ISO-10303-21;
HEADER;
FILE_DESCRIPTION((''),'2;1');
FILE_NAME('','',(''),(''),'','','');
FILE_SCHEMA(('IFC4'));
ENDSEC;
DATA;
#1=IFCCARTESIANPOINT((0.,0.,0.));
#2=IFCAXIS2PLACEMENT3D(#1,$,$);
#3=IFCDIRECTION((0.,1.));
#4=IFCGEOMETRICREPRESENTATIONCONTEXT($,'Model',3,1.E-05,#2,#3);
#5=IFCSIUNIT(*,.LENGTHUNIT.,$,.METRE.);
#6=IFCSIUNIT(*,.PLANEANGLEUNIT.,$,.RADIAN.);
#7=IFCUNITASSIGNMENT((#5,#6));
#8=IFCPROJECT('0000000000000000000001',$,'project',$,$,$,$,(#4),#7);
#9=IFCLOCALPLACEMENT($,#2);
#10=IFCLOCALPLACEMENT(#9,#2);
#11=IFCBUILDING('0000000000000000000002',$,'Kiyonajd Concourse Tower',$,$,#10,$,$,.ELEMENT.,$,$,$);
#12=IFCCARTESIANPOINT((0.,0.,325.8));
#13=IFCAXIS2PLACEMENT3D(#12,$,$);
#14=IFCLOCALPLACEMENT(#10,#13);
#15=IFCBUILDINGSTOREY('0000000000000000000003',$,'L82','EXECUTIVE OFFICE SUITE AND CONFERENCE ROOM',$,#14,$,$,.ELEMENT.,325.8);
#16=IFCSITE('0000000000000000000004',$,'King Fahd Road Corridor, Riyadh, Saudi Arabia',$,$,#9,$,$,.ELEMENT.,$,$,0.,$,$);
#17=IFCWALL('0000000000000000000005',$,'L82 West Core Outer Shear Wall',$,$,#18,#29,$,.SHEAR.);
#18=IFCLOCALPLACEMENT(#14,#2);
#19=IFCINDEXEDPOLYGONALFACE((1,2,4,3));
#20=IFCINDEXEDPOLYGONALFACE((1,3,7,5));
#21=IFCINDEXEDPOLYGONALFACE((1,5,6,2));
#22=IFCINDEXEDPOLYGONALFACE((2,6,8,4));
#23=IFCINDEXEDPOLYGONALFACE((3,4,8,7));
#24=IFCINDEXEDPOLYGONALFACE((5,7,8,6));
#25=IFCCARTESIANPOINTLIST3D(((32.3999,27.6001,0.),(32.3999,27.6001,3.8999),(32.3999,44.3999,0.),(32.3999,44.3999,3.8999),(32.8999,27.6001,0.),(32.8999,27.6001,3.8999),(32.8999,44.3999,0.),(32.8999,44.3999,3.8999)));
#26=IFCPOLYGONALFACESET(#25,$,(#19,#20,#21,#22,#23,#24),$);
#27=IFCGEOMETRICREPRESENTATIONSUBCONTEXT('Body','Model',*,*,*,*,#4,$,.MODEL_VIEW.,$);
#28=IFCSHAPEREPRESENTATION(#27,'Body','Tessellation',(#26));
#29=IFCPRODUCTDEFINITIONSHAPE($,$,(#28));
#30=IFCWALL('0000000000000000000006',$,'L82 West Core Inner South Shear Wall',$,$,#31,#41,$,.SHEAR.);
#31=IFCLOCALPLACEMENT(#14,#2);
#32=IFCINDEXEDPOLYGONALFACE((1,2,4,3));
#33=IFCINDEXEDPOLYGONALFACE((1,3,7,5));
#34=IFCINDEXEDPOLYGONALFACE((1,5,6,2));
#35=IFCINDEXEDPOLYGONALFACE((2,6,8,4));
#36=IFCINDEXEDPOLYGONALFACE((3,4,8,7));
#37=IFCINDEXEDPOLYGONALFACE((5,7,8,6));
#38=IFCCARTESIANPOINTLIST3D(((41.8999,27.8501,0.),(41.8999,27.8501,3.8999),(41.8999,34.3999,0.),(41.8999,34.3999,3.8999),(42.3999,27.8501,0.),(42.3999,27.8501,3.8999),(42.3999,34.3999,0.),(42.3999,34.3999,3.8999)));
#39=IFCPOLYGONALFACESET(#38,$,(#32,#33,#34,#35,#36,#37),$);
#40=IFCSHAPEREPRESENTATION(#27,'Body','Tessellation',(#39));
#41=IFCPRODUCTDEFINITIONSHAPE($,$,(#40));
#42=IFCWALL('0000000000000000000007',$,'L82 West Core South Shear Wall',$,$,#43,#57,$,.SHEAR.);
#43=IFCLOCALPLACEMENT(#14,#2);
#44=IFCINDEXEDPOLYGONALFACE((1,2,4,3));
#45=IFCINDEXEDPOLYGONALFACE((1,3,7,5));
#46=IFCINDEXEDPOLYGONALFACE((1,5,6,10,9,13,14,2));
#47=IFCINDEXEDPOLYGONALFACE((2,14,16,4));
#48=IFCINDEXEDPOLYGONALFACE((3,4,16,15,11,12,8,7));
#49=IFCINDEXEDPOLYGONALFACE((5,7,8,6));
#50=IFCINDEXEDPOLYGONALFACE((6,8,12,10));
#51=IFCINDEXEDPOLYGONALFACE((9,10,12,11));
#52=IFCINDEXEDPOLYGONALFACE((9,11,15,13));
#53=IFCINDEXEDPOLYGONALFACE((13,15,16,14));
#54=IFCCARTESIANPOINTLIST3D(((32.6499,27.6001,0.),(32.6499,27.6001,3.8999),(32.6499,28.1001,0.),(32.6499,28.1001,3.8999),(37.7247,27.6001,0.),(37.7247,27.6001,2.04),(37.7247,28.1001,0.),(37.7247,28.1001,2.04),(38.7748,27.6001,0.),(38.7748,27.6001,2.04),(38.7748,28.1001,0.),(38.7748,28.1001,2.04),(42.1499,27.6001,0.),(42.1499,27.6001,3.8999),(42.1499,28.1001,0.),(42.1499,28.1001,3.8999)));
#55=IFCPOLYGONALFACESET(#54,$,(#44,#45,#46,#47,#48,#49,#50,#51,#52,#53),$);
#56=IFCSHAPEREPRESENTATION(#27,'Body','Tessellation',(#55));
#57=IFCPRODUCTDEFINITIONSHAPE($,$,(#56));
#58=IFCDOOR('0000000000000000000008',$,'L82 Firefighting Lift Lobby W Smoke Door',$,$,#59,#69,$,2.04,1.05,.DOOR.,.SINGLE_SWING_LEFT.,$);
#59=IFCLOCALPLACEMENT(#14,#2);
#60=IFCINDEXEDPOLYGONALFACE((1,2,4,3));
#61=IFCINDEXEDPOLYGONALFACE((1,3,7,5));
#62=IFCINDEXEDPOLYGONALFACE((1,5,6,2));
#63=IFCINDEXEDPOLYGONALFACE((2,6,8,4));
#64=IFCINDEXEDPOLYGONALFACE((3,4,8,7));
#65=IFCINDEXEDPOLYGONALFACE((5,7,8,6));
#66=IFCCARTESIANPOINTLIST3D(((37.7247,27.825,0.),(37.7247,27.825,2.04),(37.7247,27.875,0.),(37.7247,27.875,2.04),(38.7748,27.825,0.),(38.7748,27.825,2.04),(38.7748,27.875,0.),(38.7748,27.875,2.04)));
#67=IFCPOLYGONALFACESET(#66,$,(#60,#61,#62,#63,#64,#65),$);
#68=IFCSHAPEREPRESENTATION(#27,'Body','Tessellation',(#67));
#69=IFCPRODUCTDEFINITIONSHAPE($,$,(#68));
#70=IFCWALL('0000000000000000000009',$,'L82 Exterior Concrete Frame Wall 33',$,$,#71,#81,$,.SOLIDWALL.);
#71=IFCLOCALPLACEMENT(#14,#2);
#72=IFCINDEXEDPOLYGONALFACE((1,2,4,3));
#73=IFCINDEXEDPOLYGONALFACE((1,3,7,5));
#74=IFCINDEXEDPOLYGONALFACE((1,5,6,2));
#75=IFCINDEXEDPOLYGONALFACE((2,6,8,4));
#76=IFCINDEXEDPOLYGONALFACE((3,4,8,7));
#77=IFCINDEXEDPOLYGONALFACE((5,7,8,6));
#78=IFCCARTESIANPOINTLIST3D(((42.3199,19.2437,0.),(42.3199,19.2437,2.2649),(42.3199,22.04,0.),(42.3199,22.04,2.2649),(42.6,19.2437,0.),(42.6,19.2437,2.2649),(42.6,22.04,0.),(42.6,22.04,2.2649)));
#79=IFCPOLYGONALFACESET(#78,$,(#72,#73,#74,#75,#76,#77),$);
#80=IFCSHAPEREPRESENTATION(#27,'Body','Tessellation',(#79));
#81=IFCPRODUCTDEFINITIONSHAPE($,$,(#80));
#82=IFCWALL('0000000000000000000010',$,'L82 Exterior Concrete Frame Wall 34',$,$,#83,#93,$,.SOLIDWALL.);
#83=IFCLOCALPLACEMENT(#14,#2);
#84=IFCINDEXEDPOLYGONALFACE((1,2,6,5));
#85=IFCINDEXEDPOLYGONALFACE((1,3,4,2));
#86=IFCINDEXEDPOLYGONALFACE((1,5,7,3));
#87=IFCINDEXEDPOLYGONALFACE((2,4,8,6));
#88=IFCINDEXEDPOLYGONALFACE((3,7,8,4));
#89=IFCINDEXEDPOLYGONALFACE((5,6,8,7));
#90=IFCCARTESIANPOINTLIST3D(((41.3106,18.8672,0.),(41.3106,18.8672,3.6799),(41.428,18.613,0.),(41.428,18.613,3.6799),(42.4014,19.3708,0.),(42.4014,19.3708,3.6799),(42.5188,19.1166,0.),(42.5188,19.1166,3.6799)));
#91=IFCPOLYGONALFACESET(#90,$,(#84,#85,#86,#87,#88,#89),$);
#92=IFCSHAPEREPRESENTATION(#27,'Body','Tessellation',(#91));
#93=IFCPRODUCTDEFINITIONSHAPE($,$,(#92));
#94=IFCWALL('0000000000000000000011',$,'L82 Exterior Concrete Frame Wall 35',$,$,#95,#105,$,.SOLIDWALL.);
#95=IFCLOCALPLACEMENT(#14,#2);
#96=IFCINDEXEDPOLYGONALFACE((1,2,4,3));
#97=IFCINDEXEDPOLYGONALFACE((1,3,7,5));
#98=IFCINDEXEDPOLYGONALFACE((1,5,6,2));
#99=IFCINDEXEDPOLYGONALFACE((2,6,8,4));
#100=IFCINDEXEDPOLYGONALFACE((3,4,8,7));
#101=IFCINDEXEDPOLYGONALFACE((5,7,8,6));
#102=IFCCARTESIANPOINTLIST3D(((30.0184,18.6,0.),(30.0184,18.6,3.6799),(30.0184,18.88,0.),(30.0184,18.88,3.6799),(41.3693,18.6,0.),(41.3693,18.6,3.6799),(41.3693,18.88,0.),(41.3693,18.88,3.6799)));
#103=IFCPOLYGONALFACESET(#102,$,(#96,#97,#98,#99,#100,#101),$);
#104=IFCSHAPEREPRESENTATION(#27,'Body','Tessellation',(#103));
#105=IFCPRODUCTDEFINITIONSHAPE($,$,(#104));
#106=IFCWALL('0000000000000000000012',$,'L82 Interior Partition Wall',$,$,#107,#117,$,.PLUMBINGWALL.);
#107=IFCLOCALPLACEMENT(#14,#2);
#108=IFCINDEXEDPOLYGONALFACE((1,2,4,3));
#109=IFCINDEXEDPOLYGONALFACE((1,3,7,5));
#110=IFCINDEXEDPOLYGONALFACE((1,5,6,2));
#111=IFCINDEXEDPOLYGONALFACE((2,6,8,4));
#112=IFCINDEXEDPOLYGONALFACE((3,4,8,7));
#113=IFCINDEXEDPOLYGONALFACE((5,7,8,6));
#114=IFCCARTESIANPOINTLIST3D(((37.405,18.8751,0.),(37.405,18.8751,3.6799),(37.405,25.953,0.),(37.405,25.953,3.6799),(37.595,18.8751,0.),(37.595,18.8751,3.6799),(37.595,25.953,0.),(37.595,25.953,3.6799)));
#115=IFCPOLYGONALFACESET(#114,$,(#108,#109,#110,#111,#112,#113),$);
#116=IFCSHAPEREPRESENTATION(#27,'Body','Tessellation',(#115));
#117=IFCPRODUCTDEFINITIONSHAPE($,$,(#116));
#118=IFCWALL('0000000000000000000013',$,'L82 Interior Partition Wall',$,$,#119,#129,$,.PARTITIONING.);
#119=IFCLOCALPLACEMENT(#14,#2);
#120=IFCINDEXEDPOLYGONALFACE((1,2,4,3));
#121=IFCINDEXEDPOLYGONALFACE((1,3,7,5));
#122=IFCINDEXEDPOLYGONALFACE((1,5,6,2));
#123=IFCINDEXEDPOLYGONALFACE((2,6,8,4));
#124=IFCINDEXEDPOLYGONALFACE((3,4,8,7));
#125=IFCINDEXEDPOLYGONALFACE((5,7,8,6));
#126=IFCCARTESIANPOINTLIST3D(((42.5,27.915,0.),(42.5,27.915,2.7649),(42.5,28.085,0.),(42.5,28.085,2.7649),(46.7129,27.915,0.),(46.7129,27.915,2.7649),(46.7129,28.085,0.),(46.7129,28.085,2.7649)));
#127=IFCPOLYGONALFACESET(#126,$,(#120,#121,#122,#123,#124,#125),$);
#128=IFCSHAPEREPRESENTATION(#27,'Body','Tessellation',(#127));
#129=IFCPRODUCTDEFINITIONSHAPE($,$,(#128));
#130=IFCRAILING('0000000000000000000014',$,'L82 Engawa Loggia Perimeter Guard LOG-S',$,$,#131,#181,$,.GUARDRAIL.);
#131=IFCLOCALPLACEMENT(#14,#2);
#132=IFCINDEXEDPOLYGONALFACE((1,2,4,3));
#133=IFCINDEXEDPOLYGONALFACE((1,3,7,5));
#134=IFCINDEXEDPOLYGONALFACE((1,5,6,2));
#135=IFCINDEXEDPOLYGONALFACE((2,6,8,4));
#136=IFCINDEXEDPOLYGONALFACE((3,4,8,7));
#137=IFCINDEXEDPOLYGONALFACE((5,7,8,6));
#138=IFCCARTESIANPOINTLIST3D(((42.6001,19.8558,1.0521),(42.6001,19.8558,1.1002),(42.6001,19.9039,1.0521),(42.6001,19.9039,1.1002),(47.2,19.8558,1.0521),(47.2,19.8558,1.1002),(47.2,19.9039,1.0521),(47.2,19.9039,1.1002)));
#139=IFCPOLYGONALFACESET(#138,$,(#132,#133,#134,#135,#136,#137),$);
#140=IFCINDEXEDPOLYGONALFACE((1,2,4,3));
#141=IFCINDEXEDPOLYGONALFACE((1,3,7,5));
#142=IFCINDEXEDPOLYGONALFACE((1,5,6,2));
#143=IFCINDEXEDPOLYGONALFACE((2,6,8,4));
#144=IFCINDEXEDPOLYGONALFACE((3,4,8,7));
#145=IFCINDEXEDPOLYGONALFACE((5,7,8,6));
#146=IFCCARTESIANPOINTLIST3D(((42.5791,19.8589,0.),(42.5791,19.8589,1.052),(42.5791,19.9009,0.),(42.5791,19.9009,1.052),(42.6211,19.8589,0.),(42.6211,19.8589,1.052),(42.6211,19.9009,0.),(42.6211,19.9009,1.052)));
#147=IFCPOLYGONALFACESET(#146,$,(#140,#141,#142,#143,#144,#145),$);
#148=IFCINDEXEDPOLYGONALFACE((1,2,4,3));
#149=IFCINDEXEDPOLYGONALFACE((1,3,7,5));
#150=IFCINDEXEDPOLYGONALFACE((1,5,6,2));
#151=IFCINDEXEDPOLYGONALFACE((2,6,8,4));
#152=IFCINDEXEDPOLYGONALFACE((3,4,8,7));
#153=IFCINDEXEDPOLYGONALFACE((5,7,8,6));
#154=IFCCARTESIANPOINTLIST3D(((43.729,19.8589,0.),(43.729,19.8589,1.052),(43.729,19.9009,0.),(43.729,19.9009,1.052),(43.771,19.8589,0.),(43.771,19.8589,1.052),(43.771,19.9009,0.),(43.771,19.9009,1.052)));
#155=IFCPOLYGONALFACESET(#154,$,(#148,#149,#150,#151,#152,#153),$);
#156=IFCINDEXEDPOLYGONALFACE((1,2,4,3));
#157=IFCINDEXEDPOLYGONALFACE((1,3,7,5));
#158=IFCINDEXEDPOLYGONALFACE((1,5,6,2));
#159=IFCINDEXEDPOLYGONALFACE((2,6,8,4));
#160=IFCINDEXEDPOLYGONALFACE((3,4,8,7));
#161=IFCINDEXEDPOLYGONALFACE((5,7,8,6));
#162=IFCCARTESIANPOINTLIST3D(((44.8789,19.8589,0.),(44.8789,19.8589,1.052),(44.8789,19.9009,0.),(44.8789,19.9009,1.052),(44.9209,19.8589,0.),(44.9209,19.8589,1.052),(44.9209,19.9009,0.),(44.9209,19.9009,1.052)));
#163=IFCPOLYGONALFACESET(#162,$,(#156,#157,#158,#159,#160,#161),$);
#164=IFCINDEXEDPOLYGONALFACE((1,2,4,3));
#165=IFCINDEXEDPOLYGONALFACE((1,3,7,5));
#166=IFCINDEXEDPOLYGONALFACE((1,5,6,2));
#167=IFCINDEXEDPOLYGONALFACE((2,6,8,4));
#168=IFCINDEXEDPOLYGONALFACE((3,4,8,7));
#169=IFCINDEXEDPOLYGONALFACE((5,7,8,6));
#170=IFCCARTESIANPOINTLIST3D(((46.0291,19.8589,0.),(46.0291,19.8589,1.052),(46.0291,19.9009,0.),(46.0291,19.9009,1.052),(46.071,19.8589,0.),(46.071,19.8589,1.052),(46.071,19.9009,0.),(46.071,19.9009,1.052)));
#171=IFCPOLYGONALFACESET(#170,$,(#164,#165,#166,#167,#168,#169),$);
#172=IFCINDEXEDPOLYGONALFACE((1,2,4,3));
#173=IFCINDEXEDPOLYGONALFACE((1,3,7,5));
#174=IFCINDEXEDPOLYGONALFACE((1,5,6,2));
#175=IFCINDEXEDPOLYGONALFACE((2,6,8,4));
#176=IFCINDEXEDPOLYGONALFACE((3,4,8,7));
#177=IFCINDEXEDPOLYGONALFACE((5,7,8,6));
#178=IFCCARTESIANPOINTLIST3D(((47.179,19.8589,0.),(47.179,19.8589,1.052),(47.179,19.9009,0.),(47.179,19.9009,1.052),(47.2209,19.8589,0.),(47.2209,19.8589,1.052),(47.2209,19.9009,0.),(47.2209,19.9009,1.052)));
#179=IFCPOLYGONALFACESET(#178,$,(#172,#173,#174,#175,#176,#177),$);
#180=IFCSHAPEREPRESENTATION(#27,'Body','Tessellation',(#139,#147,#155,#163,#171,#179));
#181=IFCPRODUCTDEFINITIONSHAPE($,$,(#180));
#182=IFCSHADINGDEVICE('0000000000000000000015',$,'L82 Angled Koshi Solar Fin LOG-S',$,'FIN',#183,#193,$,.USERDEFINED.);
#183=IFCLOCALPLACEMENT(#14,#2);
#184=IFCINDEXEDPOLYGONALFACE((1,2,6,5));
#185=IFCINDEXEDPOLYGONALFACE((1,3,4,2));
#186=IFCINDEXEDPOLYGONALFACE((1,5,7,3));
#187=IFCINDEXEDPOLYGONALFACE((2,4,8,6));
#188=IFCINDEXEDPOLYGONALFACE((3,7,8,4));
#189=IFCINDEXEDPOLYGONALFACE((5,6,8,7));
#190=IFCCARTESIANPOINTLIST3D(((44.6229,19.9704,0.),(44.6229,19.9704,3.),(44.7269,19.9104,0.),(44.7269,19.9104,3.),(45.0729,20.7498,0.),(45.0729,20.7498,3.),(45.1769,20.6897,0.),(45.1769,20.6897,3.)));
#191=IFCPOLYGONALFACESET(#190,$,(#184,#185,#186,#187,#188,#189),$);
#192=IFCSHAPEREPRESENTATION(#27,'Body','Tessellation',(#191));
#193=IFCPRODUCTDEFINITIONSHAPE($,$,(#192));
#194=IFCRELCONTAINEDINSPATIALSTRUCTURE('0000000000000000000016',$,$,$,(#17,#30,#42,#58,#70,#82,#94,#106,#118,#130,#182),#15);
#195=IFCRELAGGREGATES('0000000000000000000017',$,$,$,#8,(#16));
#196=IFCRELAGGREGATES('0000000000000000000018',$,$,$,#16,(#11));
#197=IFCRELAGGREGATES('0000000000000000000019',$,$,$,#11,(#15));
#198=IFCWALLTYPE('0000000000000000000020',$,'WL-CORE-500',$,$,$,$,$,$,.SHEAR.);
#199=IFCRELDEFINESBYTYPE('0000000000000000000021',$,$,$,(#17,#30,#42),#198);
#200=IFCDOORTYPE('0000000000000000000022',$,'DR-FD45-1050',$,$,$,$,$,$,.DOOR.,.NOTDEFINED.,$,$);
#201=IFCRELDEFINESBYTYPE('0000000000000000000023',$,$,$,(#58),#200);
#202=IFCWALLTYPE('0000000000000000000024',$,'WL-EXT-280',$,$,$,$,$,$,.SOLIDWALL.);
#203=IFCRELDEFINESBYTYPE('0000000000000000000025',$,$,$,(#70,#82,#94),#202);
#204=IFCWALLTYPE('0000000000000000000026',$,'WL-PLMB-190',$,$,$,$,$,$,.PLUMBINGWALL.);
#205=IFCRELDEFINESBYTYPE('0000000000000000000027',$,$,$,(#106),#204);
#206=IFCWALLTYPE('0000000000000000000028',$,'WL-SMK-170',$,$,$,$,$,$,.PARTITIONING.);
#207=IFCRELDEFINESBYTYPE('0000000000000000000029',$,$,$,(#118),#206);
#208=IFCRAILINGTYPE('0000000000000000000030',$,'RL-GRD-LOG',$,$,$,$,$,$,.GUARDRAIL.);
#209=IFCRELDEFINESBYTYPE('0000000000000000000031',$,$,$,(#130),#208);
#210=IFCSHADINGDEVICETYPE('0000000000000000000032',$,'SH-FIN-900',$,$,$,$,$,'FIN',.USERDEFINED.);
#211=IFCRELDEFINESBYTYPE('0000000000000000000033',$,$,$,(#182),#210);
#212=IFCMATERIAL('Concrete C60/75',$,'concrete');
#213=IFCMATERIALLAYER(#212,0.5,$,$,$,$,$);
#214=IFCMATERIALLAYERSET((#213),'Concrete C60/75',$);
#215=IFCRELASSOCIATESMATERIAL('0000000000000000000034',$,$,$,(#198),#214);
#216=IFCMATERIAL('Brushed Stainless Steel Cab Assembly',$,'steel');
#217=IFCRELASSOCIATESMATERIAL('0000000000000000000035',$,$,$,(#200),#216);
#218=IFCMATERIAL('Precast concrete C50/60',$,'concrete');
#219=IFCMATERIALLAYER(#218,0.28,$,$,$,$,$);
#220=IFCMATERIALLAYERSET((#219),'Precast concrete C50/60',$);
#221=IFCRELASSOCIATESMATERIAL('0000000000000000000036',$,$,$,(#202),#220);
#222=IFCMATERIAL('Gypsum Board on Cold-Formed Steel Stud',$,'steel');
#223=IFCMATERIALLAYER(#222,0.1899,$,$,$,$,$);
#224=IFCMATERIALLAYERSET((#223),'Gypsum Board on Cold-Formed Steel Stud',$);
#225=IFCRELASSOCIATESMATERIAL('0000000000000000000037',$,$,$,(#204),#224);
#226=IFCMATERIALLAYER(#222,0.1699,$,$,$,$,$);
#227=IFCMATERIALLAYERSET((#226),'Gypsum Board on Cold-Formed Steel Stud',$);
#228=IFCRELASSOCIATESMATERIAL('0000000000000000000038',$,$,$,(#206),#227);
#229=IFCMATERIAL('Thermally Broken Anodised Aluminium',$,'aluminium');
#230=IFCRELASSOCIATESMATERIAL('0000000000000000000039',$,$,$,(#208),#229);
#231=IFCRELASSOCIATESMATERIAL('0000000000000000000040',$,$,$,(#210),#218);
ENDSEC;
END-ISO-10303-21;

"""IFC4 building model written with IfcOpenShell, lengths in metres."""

from ifc_helpers import new_model, si_unit, direction, frame, frame_2d, origin, origin_2d, place, context, subcontext, project, spatial, rectangle, extrude, material, layer, layer_set, type_object, element, fill, save


model = new_model("IFC4")

# Units and contexts
model_context = context("Model", 3, precision=1e-05, world=origin(), true_north=direction((0.0, 1.0)))
body_context = subcontext(model_context, "Body", "Model", "MODEL_VIEW")
ifc_project = project(units=[si_unit("LENGTHUNIT", "METRE"), si_unit("PLANEANGLEUNIT", "RADIAN")], contexts=[model_context])

# Site, building, storey
site_placement = place(None, origin())
site = spatial("IfcSite", under=ifc_project, at=site_placement, Name="King Fahd Road Corridor, Riyadh, Saudi Arabia", CompositionType="ELEMENT", RefElevation=0.0)
building_placement = place(site_placement, origin())
building = spatial("IfcBuilding", under=site, at=building_placement, Name="Kiyonajd Concourse Tower", CompositionType="ELEMENT")
storey_placement = place(building_placement, frame((0.0, 0.0, 325.8)))
storey = spatial("IfcBuildingStorey", under=building, at=storey_placement, Name="L82", Description="EXECUTIVE OFFICE SUITE AND CONFERENCE ROOM", CompositionType="ELEMENT", Elevation=325.8)

# Shared definitions
ifc_material_1 = material(Name="Concrete C60/75", Category="concrete")

# Shared definitions
ifc_material_2 = material(Name="Thermally Broken Anodised Aluminium", Category="aluminium")

# Walls
ifc_layer_1 = layer(ifc_material_1, 0.5)
ifc_layer_set_1 = layer_set([ifc_layer_1], Name="Concrete C60/75")
wall_type_1 = type_object("IfcWallType", Name="WL-CORE-500", PredefinedType="SHEAR", material=ifc_layer_set_1)
wall_1_placement = place(storey_placement, frame((32.6499, 27.6001, 0.0), z_axis=(0.0, 0.0, 1.0), x_axis=(0.0, 1.0, 0.0)))
element("IfcWall", 1, at=wall_1_placement, inside=storey, type_object=wall_type_1, Name="L82 West Core Outer Shear Wall", PredefinedType="SHEAR", context=body_context, shape_type="SweptSolid", body=[
    extrude(rectangle(XDim=16.7998, YDim=0.5, at=frame_2d((8.3999, 0.0))), origin(), (0.0, 0.0, 1.0), 3.8999),
])
wall_2_placement = place(storey_placement, frame((42.1499, 27.8501, 0.0), z_axis=(0.0, 0.0, 1.0), x_axis=(0.0, 1.0, 0.0)))
element("IfcWall", 2, at=wall_2_placement, inside=storey, type_object=wall_type_1, Name="L82 West Core Inner South Shear Wall", PredefinedType="SHEAR", context=body_context, shape_type="SweptSolid", body=[
    extrude(rectangle(XDim=6.5498, YDim=0.5, at=frame_2d((3.2749, 0.0))), origin(), (0.0, 0.0, 1.0), 3.8999),
])

# Wall, opening, door
wall_3_placement = place(storey_placement, frame((32.6499, 27.8501, 0.0), z_axis=(0.0, 0.0, 1.0), x_axis=(1.0, 0.0, 0.0)))
wall_3 = element("IfcWall", 3, at=wall_3_placement, inside=storey, type_object=wall_type_1, Name="L82 West Core South Shear Wall", PredefinedType="SHEAR", context=body_context, shape_type="SweptSolid", body=[
    extrude(rectangle(XDim=9.5, YDim=0.5, at=frame_2d((4.75, 0.0))), origin(), (0.0, 0.0, 1.0), 3.8999),
])
opening_placement = place(wall_3_placement, frame((5.075, 0.0, 0.0)))
opening = element("IfcOpeningElement", 4, at=opening_placement, cuts=wall_3, PredefinedType="OPENING", context=body_context, shape_type="SweptSolid", body=[
    extrude(rectangle(XDim=1.05, YDim=2.04, at=frame_2d((0.5249, 1.02))), frame((0.0, 0.26, 0.0), z_axis=(0.0, -1.0, 0.0), x_axis=(1.0, 0.0, 0.0)), (0.0, 0.0, 1.0), 0.52),
])
ifc_material_3 = material(Name="Brushed Stainless Steel Cab Assembly", Category="steel")
door_type = type_object("IfcDoorType", Name="DR-FD45-1050", OperationType="NOTDEFINED", PredefinedType="DOOR", material=ifc_material_3)
door_placement = place(opening_placement, origin())
door = element("IfcDoor", 5, at=door_placement, inside=storey, type_object=door_type, Name="L82 Firefighting Lift Lobby W Smoke Door", OperationType="SINGLE_SWING_LEFT", OverallHeight=2.04, OverallWidth=1.05, PredefinedType="DOOR", context=body_context, shape_type="SweptSolid", body=[
    extrude(rectangle(XDim=1.05, YDim=2.04, at=frame_2d((0.5249, 1.02))), frame((0.0, 0.0249, 0.0), z_axis=(0.0, -1.0, 0.0), x_axis=(1.0, 0.0, 0.0)), (0.0, 0.0, 1.0), 0.05),
])
fill(opening, door)

# Walls
ifc_material_4 = material(Name="Precast concrete C50/60", Category="concrete")
ifc_layer_2 = layer(ifc_material_4, 0.28)
ifc_layer_set_2 = layer_set([ifc_layer_2], Name="Precast concrete C50/60")
wall_type_2 = type_object("IfcWallType", Name="WL-EXT-280", PredefinedType="SOLIDWALL", material=ifc_layer_set_2)
wall_4_placement = place(storey_placement, frame((42.46, 22.04, 0.0), z_axis=(0.0, 0.0, 1.0), x_axis=(0.0, -1.0, 0.0)))
element("IfcWall", 6, at=wall_4_placement, inside=storey, type_object=wall_type_2, Name="L82 Exterior Concrete Frame Wall 33", PredefinedType="SOLIDWALL", context=body_context, shape_type="SweptSolid", body=[
    extrude(rectangle(XDim=2.7964, YDim=0.28, at=frame_2d((1.3982, 0.0))), origin(), (0.0, 0.0, 1.0), 2.2649),
])
wall_5_placement = place(storey_placement, frame((42.46, 19.2437, 0.0), z_axis=(0.0, 0.0, 1.0), x_axis=(-0.907894, -0.4192, 0.0)))
element("IfcWall", 7, at=wall_5_placement, inside=storey, type_object=wall_type_2, Name="L82 Exterior Concrete Frame Wall 34", PredefinedType="SOLIDWALL", context=body_context, shape_type="SweptSolid", body=[
    extrude(rectangle(XDim=1.2014, YDim=0.28, at=frame_2d((0.6006, 0.0))), origin(), (0.0, 0.0, 1.0), 3.6799),
])
wall_6_placement = place(storey_placement, frame((41.3691, 18.74, 0.0), z_axis=(0.0, 0.0, 1.0), x_axis=(-1.0, 0.0, 0.0)))
element("IfcWall", 8, at=wall_6_placement, inside=storey, type_object=wall_type_2, Name="L82 Exterior Concrete Frame Wall 35", PredefinedType="SOLIDWALL", context=body_context, shape_type="SweptSolid", body=[
    extrude(rectangle(XDim=11.3508, YDim=0.28, at=frame_2d((5.6753, 0.0))), origin(), (0.0, 0.0, 1.0), 3.6799),
])
ifc_material_5 = material(Name="Gypsum Board on Cold-Formed Steel Stud", Category="steel")
ifc_layer_3 = layer(ifc_material_5, 0.1899)
ifc_layer_set_3 = layer_set([ifc_layer_3], Name="Gypsum Board on Cold-Formed Steel Stud")
wall_type_3 = type_object("IfcWallType", Name="WL-PLMB-190", PredefinedType="PLUMBINGWALL", material=ifc_layer_set_3)
wall_7_placement = place(storey_placement, frame((37.5, 18.875, 0.0), z_axis=(0.0, 0.0, 1.0), x_axis=(0.0, 1.0, 0.0)))
element("IfcWall", 9, at=wall_7_placement, inside=storey, type_object=wall_type_3, Name="L82 Interior Partition Wall", PredefinedType="PLUMBINGWALL", context=body_context, shape_type="SweptSolid", body=[
    extrude(rectangle(XDim=7.0779, YDim=0.1899, at=frame_2d((3.5391, 0.0))), origin(), (0.0, 0.0, 1.0), 3.6799),
])
ifc_layer_4 = layer(ifc_material_5, 0.1699)
ifc_layer_set_4 = layer_set([ifc_layer_4], Name="Gypsum Board on Cold-Formed Steel Stud")
wall_type_4 = type_object("IfcWallType", Name="WL-SMK-170", PredefinedType="PARTITIONING", material=ifc_layer_set_4)
wall_8_placement = place(storey_placement, frame((42.5, 28.0, 0.0), z_axis=(0.0, 0.0, 1.0), x_axis=(1.0, 0.0, 0.0)))
element("IfcWall", 10, at=wall_8_placement, inside=storey, type_object=wall_type_4, Name="L82 Interior Partition Wall", PredefinedType="PARTITIONING", context=body_context, shape_type="SweptSolid", body=[
    extrude(rectangle(XDim=4.2129, YDim=0.1699, at=frame_2d((2.1064, 0.0))), origin(), (0.0, 0.0, 1.0), 2.7649),
])

# Railing
railing_type = type_object("IfcRailingType", Name="RL-GRD-LOG", PredefinedType="GUARDRAIL", material=ifc_material_2)
railing_placement = place(storey_placement, frame((42.6001, 19.8799, 0.0)))
element("IfcRailing", 11, at=railing_placement, inside=storey, type_object=railing_type, Name="L82 Engawa Loggia Perimeter Guard LOG-S", PredefinedType="GUARDRAIL", context=body_context, shape_type="SweptSolid", body=[
    extrude(rectangle(XDim=0.0481, YDim=0.0481, at=origin_2d()), frame((0.0, 0.0, 1.0762), z_axis=(1.0, 0.0, 0.0), x_axis=(0.0, 1.0, 0.0)), (0.0, 0.0, 1.0), 4.5999),
    extrude(rectangle(XDim=0.042, YDim=0.042, at=origin_2d()), origin(), (0.0, 0.0, 1.0), 1.052),
    extrude(rectangle(XDim=0.042, YDim=0.042, at=origin_2d()), frame((1.1499, 0.0, 0.0)), (0.0, 0.0, 1.0), 1.052),
    extrude(rectangle(XDim=0.042, YDim=0.042, at=origin_2d()), frame((2.2998, 0.0, 0.0)), (0.0, 0.0, 1.0), 1.052),
    extrude(rectangle(XDim=0.042, YDim=0.042, at=origin_2d()), frame((3.45, 0.0, 0.0)), (0.0, 0.0, 1.0), 1.052),
    extrude(rectangle(XDim=0.042, YDim=0.042, at=origin_2d()), frame((4.5999, 0.0, 0.0)), (0.0, 0.0, 1.0), 1.052),
])

# Shading device
shading_device_type_1 = type_object("IfcShadingDeviceType", Name="SH-FIN-900", ElementType="FIN", PredefinedType="USERDEFINED", material=ifc_material_4)
shading_device_1_placement = place(storey_placement, frame((44.8999, 20.3301, 0.0), z_axis=(0.0, 0.0, 1.0), x_axis=(0.5, 0.866025, 0.0)))
element("IfcShadingDevice", 12, at=shading_device_1_placement, inside=storey, type_object=shading_device_type_1, Name="L82 Angled Koshi Solar Fin LOG-S", ObjectType="FIN", PredefinedType="USERDEFINED", context=body_context, shape_type="SweptSolid", body=[
    extrude(rectangle(XDim=0.8999, YDim=0.1201, at=origin_2d()), origin(), (0.0, 0.0, 1.0), 3.0),
])

save(model, "model.ifc")
